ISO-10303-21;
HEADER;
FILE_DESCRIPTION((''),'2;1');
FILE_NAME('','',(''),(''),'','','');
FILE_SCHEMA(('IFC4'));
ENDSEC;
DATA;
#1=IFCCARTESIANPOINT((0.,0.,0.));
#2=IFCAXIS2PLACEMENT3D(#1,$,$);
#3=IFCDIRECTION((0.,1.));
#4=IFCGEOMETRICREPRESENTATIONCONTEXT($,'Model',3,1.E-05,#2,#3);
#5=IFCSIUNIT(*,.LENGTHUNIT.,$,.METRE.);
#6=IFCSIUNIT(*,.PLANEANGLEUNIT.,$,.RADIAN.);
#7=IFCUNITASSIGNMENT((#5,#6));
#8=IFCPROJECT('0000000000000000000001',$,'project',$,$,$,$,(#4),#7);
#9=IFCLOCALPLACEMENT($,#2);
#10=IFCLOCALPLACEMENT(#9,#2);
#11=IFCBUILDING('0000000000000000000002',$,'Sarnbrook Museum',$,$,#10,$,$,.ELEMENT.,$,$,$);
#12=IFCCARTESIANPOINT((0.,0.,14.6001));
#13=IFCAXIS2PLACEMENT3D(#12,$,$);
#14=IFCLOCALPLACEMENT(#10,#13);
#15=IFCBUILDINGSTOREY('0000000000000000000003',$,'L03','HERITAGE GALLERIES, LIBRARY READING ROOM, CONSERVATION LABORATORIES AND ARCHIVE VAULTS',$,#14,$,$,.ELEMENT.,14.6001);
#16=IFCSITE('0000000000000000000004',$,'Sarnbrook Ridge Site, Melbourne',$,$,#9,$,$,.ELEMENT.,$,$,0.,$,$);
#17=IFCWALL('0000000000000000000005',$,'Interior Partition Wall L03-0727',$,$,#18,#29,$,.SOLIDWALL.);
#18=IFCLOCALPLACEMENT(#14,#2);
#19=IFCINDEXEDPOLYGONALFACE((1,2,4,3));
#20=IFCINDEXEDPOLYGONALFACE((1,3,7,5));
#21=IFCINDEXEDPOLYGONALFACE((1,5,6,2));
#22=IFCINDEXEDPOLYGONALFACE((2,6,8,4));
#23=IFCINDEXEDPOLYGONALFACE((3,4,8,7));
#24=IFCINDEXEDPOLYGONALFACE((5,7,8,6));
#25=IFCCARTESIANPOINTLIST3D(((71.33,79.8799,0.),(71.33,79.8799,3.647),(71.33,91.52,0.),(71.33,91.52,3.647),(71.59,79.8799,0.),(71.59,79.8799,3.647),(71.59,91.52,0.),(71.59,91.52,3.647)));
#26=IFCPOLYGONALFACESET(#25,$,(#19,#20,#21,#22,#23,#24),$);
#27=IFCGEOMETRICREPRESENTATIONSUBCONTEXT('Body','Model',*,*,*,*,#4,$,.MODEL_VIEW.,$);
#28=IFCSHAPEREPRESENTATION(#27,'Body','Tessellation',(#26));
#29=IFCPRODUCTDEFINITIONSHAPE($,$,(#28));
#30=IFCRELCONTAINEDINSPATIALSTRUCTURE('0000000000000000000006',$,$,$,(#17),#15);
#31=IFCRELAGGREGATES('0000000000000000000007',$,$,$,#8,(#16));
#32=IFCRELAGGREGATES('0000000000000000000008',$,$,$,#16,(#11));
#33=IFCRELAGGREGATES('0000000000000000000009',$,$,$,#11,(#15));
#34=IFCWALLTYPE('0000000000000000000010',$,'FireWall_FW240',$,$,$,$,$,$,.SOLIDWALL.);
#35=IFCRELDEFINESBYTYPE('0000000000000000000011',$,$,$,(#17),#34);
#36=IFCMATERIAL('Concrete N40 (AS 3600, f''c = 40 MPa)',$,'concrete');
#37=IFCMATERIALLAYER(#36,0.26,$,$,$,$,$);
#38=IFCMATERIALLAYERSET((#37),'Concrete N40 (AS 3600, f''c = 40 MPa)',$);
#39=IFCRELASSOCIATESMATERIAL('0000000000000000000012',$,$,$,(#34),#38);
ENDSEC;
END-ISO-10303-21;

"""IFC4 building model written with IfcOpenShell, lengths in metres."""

from ifc_helpers import new_model, si_unit, direction, frame, frame_2d, origin, place, context, subcontext, project, spatial, rectangle, extrude, material, layer, layer_set, type_object, element, save


model = new_model("IFC4")

# Units and contexts
model_context = context("Model", 3, precision=1e-05, world=origin(), true_north=direction((0.0, 1.0)))
body_context = subcontext(model_context, "Body", "Model", "MODEL_VIEW")
ifc_project = project(units=[si_unit("LENGTHUNIT", "METRE"), si_unit("PLANEANGLEUNIT", "RADIAN")], contexts=[model_context])

# Site, building, storey
site_placement = place(None, origin())
site = spatial("IfcSite", under=ifc_project, at=site_placement, Name="Sarnbrook Ridge Site, Melbourne", CompositionType="ELEMENT", RefElevation=0.0)
building_placement = place(site_placement, origin())
building = spatial("IfcBuilding", under=site, at=building_placement, Name="Sarnbrook Museum", CompositionType="ELEMENT")
storey_placement = place(building_placement, frame((0.0, 0.0, 14.6001)))
storey = spatial("IfcBuildingStorey", under=building, at=storey_placement, Name="L03", Description="HERITAGE GALLERIES, LIBRARY READING ROOM, CONSERVATION LABORATORIES AND ARCHIVE VAULTS", CompositionType="ELEMENT", Elevation=14.6001)

# Wall
ifc_material_1 = material(Name="Concrete N40 (AS 3600, f'c = 40 MPa)", Category="concrete")
ifc_layer = layer(ifc_material_1, 0.26)
ifc_layer_set = layer_set([ifc_layer], Name="Concrete N40 (AS 3600, f'c = 40 MPa)")
wall_type = type_object("IfcWallType", Name="FireWall_FW240", PredefinedType="SOLIDWALL", material=ifc_layer_set)
wall_1_placement = place(storey_placement, frame((71.46, 91.52, 0.0), z_axis=(0.0, 0.0, 1.0), x_axis=(0.0, -1.0, 0.0)))
element("IfcWall", 1, at=wall_1_placement, inside=storey, type_object=wall_type, Name="Interior Partition Wall L03-0727", PredefinedType="SOLIDWALL", context=body_context, shape_type="SweptSolid", body=[
    extrude(rectangle(XDim=11.6401, YDim=0.26, at=frame_2d((5.8201, 0.0))), origin(), (0.0, 0.0, 1.0), 3.647),
])

save(model, "model.ifc")
